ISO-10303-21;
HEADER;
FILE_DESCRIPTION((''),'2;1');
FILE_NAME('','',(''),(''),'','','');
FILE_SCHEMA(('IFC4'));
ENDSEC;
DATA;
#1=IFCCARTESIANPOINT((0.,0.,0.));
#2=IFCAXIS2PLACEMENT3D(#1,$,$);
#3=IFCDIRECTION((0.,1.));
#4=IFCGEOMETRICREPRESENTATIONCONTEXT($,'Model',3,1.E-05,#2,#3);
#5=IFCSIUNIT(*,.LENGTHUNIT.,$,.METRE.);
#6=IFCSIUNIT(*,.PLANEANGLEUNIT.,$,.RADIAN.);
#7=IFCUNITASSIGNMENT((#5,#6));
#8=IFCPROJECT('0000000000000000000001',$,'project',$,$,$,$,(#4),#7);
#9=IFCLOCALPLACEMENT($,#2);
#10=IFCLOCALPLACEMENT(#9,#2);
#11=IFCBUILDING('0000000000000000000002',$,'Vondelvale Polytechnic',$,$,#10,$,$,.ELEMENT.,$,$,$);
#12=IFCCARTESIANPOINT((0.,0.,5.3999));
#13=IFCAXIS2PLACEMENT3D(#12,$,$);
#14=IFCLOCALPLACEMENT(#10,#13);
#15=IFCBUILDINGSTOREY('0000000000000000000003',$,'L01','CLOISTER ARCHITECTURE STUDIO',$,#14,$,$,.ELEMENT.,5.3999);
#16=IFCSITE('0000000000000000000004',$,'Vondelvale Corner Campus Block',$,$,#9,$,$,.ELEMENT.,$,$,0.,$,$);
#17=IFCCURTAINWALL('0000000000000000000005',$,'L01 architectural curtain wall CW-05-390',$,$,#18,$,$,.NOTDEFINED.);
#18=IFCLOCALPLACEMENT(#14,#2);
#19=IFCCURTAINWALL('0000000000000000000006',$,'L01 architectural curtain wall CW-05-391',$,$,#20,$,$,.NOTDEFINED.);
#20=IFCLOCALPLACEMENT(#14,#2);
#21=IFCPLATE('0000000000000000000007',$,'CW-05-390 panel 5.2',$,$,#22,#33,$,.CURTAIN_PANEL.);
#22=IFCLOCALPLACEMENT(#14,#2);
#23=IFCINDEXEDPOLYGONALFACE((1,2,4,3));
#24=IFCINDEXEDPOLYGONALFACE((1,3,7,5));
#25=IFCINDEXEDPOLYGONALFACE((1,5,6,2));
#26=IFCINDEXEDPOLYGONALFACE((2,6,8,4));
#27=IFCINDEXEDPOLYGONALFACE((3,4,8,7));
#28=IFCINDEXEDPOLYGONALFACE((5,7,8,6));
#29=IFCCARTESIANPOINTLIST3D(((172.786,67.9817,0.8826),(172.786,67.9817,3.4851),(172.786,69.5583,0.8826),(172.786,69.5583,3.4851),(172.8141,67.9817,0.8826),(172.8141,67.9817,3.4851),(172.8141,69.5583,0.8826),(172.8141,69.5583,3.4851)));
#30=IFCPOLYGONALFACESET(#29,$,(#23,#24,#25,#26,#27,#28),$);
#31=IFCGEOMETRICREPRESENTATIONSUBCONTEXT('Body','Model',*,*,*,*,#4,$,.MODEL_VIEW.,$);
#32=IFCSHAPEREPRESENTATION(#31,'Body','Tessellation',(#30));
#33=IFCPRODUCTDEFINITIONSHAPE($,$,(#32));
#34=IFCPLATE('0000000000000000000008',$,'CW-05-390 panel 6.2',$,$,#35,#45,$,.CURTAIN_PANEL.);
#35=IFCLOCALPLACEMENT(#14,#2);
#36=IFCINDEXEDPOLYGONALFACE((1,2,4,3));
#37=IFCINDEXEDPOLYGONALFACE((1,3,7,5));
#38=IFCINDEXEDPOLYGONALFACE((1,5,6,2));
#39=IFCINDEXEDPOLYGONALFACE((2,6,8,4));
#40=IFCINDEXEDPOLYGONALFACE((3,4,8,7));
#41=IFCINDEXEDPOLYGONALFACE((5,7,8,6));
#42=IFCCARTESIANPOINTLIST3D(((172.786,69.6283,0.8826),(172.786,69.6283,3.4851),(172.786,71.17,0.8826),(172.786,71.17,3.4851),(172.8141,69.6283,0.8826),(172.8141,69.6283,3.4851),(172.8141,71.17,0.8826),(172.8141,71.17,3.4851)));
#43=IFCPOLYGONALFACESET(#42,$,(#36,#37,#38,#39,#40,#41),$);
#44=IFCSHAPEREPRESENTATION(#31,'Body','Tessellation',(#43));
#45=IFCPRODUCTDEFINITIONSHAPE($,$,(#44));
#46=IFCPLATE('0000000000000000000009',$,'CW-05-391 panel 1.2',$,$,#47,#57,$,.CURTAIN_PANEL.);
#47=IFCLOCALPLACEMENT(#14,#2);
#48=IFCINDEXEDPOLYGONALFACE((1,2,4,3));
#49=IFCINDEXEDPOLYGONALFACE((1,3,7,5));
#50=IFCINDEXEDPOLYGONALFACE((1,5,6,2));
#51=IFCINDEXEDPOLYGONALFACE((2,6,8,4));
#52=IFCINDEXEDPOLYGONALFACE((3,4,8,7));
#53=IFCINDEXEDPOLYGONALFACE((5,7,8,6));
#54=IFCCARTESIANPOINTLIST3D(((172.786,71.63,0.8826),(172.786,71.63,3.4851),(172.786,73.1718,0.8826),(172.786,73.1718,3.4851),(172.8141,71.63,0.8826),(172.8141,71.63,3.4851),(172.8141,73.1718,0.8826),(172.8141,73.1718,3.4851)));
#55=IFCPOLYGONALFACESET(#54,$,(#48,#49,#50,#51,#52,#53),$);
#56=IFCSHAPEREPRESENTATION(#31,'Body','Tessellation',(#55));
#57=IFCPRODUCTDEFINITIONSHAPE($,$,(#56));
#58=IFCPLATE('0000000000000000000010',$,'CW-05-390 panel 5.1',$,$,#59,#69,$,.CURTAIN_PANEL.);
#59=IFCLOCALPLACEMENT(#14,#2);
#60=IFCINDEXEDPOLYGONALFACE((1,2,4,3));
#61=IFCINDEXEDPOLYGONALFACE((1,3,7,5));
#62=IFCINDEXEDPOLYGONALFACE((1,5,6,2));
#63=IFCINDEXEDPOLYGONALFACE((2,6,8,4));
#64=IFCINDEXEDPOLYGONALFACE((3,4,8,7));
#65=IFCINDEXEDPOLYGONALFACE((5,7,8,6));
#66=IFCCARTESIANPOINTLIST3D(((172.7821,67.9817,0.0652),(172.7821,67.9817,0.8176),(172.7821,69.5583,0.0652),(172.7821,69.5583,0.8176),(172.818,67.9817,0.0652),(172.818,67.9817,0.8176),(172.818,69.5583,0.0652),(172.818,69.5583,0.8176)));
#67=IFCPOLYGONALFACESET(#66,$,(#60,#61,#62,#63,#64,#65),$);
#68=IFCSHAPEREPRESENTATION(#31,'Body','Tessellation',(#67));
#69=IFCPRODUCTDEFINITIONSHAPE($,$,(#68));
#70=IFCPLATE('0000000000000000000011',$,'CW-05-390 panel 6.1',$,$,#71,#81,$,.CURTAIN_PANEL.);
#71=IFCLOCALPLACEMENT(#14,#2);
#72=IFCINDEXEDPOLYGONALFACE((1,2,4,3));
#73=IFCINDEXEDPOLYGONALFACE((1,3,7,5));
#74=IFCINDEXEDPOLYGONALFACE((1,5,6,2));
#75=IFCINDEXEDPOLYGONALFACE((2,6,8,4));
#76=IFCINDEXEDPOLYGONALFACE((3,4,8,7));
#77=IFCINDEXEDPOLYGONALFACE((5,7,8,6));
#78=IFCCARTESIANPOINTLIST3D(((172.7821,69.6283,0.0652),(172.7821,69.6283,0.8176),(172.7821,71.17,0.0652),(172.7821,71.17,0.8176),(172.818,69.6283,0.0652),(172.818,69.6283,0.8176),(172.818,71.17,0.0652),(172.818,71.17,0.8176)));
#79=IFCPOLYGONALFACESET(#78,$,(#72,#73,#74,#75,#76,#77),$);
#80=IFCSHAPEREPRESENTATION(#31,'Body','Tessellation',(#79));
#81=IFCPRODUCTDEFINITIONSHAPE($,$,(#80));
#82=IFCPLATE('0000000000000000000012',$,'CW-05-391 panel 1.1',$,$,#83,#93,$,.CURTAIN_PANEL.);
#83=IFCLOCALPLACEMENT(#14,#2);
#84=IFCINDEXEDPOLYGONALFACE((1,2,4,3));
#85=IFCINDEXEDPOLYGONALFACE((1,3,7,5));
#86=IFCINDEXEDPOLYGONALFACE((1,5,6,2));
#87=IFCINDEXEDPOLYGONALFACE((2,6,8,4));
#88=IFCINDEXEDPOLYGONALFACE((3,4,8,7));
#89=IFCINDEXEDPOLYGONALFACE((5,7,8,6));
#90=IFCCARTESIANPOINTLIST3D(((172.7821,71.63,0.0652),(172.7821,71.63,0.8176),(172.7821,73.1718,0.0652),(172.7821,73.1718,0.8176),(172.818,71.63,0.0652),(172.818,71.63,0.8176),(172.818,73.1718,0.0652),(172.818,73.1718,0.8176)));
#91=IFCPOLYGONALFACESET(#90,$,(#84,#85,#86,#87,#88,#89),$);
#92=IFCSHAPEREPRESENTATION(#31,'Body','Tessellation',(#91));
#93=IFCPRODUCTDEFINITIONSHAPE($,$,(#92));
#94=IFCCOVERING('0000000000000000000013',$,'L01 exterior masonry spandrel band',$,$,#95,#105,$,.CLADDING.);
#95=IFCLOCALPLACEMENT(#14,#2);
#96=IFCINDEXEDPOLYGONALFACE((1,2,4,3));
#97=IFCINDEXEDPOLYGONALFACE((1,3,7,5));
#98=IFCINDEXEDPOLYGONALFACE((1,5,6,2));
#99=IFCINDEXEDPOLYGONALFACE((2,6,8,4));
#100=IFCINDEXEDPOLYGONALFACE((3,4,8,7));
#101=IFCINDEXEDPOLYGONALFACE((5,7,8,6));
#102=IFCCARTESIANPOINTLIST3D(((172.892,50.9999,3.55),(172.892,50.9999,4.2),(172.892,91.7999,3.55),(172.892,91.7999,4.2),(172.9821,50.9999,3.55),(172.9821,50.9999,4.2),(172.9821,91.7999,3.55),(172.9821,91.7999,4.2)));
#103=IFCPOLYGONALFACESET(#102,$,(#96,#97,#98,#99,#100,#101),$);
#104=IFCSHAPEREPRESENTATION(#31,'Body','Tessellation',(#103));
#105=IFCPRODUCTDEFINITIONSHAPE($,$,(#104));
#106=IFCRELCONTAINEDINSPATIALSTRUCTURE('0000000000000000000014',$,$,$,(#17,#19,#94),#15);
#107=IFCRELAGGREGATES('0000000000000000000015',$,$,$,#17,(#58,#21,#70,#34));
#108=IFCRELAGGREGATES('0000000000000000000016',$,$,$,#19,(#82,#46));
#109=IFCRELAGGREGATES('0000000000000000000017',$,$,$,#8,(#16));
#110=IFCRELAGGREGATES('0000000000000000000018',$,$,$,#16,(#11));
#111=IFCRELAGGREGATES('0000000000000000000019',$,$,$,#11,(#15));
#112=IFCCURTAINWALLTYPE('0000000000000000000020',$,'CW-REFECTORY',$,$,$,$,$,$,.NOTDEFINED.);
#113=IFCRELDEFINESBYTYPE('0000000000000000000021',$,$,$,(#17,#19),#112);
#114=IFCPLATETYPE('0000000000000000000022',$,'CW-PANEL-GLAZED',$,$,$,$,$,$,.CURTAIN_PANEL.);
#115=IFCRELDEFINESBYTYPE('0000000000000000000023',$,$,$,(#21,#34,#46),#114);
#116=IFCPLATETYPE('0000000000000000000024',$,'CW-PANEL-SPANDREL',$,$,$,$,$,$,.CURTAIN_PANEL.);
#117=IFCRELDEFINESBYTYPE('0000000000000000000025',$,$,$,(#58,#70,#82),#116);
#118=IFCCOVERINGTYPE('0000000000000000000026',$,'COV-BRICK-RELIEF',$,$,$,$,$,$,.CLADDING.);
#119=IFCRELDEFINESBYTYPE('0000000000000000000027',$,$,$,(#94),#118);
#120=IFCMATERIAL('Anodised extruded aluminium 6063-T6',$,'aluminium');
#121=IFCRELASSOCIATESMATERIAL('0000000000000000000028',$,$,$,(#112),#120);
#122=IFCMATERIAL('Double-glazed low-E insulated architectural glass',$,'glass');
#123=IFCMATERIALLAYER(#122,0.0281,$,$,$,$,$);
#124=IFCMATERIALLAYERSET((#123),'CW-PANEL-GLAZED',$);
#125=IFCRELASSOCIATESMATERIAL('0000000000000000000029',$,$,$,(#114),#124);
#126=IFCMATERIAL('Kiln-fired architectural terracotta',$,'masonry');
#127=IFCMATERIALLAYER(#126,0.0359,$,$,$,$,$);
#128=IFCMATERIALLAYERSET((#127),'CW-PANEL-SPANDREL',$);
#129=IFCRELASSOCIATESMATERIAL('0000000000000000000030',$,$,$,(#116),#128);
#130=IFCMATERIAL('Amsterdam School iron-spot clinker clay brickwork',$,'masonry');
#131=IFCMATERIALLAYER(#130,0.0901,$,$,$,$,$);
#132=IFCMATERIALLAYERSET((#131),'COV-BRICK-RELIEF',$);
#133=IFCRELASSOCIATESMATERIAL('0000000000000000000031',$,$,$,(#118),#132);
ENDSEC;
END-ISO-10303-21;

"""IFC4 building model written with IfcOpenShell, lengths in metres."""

from ifc_helpers import new_model, si_unit, direction, frame, origin, origin_2d, place, context, subcontext, project, spatial, rectangle, extrude, material, layer, layer_set, type_object, element, aggregate, save


model = new_model("IFC4")

# Units and contexts
model_context = context("Model", 3, precision=1e-05, world=origin(), true_north=direction((0.0, 1.0)))
body_context = subcontext(model_context, "Body", "Model", "MODEL_VIEW")
ifc_project = project(units=[si_unit("LENGTHUNIT", "METRE"), si_unit("PLANEANGLEUNIT", "RADIAN")], contexts=[model_context])

# Site, building, storey
site_placement = place(None, origin())
site = spatial("IfcSite", under=ifc_project, at=site_placement, Name="Vondelvale Corner Campus Block", CompositionType="ELEMENT", RefElevation=0.0)
building_placement = place(site_placement, origin())
building = spatial("IfcBuilding", under=site, at=building_placement, Name="Vondelvale Polytechnic", CompositionType="ELEMENT")
storey_placement = place(building_placement, frame((0.0, 0.0, 5.3999)))
storey = spatial("IfcBuildingStorey", under=building, at=storey_placement, Name="L01", Description="CLOISTER ARCHITECTURE STUDIO", CompositionType="ELEMENT", Elevation=5.3999)

# Curtain walls
ifc_material_1 = material(Name="Anodised extruded aluminium 6063-T6", Category="aluminium")
curtain_wall_type = type_object("IfcCurtainWallType", Name="CW-REFECTORY", PredefinedType="NOTDEFINED", material=ifc_material_1)
curtain_wall_1_placement = place(storey_placement, origin())
curtain_wall_1 = element("IfcCurtainWall", 1, at=curtain_wall_1_placement, inside=storey, type_object=curtain_wall_type, Name="L01 architectural curtain wall CW-05-390", PredefinedType="NOTDEFINED")
curtain_wall_2_placement = place(storey_placement, origin())
curtain_wall_2 = element("IfcCurtainWall", 2, at=curtain_wall_2_placement, inside=storey, type_object=curtain_wall_type, Name="L01 architectural curtain wall CW-05-391", PredefinedType="NOTDEFINED")

# Plates
ifc_material_2 = material(Name="Double-glazed low-E insulated architectural glass", Category="glass")
ifc_layer_1 = layer(ifc_material_2, 0.0281)
ifc_layer_set_1 = layer_set([ifc_layer_1], Name="CW-PANEL-GLAZED")
plate_type_1 = type_object("IfcPlateType", Name="CW-PANEL-GLAZED", PredefinedType="CURTAIN_PANEL", material=ifc_layer_set_1)
plate_1_placement = place(storey_placement, frame((172.8, 68.77, 0.8826), z_axis=(0.0, 0.0, 1.0), x_axis=(0.0, 1.0, 0.0)))
plate_1 = element("IfcPlate", 3, at=plate_1_placement, type_object=plate_type_1, Name="CW-05-390 panel 5.2", PredefinedType="CURTAIN_PANEL", context=body_context, shape_type="SweptSolid", body=[
    extrude(rectangle(XDim=1.5767, YDim=0.0281, at=origin_2d()), origin(), (0.0, 0.0, 1.0), 2.6025),
])
plate_2_placement = place(storey_placement, frame((172.8, 70.3992, 0.8826), z_axis=(0.0, 0.0, 1.0), x_axis=(0.0, 1.0, 0.0)))
plate_2 = element("IfcPlate", 4, at=plate_2_placement, type_object=plate_type_1, Name="CW-05-390 panel 6.2", PredefinedType="CURTAIN_PANEL", context=body_context, shape_type="SweptSolid", body=[
    extrude(rectangle(XDim=1.5417, YDim=0.0281, at=origin_2d()), origin(), (0.0, 0.0, 1.0), 2.6025),
])
plate_3_placement = place(storey_placement, frame((172.8, 72.4009, 0.8826), z_axis=(0.0, 0.0, 1.0), x_axis=(0.0, 1.0, 0.0)))
plate_3 = element("IfcPlate", 5, at=plate_3_placement, type_object=plate_type_1, Name="CW-05-391 panel 1.2", PredefinedType="CURTAIN_PANEL", context=body_context, shape_type="SweptSolid", body=[
    extrude(rectangle(XDim=1.5417, YDim=0.0281, at=origin_2d()), origin(), (0.0, 0.0, 1.0), 2.6025),
])
ifc_material_3 = material(Name="Kiln-fired architectural terracotta", Category="masonry")
ifc_layer_2 = layer(ifc_material_3, 0.0359)
ifc_layer_set_2 = layer_set([ifc_layer_2], Name="CW-PANEL-SPANDREL")
plate_type_2 = type_object("IfcPlateType", Name="CW-PANEL-SPANDREL", PredefinedType="CURTAIN_PANEL", material=ifc_layer_set_2)
plate_4_placement = place(storey_placement, frame((172.8, 68.77, 0.0652), z_axis=(0.0, 0.0, 1.0), x_axis=(0.0, 1.0, 0.0)))
plate_4 = element("IfcPlate", 6, at=plate_4_placement, type_object=plate_type_2, Name="CW-05-390 panel 5.1", PredefinedType="CURTAIN_PANEL", context=body_context, shape_type="SweptSolid", body=[
    extrude(rectangle(XDim=1.5767, YDim=0.0359, at=origin_2d()), origin(), (0.0, 0.0, 1.0), 0.7524),
])
plate_5_placement = place(storey_placement, frame((172.8, 70.3992, 0.0652), z_axis=(0.0, 0.0, 1.0), x_axis=(0.0, 1.0, 0.0)))
plate_5 = element("IfcPlate", 7, at=plate_5_placement, type_object=plate_type_2, Name="CW-05-390 panel 6.1", PredefinedType="CURTAIN_PANEL", context=body_context, shape_type="SweptSolid", body=[
    extrude(rectangle(XDim=1.5417, YDim=0.0359, at=origin_2d()), origin(), (0.0, 0.0, 1.0), 0.7524),
])
aggregate(curtain_wall_1, [plate_4, plate_1, plate_5, plate_2])
plate_6_placement = place(storey_placement, frame((172.8, 72.4009, 0.0652), z_axis=(0.0, 0.0, 1.0), x_axis=(0.0, 1.0, 0.0)))
plate_6 = element("IfcPlate", 8, at=plate_6_placement, type_object=plate_type_2, Name="CW-05-391 panel 1.1", PredefinedType="CURTAIN_PANEL", context=body_context, shape_type="SweptSolid", body=[
    extrude(rectangle(XDim=1.5417, YDim=0.0359, at=origin_2d()), origin(), (0.0, 0.0, 1.0), 0.7524),
])
aggregate(curtain_wall_2, [plate_6, plate_3])

# Covering
ifc_material_4 = material(Name="Amsterdam School iron-spot clinker clay brickwork", Category="masonry")
ifc_layer_3 = layer(ifc_material_4, 0.0901)
ifc_layer_set_3 = layer_set([ifc_layer_3], Name="COV-BRICK-RELIEF")
covering_type = type_object("IfcCoveringType", Name="COV-BRICK-RELIEF", PredefinedType="CLADDING", material=ifc_layer_set_3)
covering_placement = place(storey_placement, frame((172.937, 71.3999, 3.55), z_axis=(0.0, 0.0, 1.0), x_axis=(0.0, 1.0, 0.0)))
element("IfcCovering", 9, at=covering_placement, inside=storey, type_object=covering_type, Name="L01 exterior masonry spandrel band", PredefinedType="CLADDING", context=body_context, shape_type="SweptSolid", body=[
    extrude(rectangle(XDim=40.8, YDim=0.0901, at=origin_2d()), origin(), (0.0, 0.0, 1.0), 0.6499),
])

save(model, "model.ifc")
